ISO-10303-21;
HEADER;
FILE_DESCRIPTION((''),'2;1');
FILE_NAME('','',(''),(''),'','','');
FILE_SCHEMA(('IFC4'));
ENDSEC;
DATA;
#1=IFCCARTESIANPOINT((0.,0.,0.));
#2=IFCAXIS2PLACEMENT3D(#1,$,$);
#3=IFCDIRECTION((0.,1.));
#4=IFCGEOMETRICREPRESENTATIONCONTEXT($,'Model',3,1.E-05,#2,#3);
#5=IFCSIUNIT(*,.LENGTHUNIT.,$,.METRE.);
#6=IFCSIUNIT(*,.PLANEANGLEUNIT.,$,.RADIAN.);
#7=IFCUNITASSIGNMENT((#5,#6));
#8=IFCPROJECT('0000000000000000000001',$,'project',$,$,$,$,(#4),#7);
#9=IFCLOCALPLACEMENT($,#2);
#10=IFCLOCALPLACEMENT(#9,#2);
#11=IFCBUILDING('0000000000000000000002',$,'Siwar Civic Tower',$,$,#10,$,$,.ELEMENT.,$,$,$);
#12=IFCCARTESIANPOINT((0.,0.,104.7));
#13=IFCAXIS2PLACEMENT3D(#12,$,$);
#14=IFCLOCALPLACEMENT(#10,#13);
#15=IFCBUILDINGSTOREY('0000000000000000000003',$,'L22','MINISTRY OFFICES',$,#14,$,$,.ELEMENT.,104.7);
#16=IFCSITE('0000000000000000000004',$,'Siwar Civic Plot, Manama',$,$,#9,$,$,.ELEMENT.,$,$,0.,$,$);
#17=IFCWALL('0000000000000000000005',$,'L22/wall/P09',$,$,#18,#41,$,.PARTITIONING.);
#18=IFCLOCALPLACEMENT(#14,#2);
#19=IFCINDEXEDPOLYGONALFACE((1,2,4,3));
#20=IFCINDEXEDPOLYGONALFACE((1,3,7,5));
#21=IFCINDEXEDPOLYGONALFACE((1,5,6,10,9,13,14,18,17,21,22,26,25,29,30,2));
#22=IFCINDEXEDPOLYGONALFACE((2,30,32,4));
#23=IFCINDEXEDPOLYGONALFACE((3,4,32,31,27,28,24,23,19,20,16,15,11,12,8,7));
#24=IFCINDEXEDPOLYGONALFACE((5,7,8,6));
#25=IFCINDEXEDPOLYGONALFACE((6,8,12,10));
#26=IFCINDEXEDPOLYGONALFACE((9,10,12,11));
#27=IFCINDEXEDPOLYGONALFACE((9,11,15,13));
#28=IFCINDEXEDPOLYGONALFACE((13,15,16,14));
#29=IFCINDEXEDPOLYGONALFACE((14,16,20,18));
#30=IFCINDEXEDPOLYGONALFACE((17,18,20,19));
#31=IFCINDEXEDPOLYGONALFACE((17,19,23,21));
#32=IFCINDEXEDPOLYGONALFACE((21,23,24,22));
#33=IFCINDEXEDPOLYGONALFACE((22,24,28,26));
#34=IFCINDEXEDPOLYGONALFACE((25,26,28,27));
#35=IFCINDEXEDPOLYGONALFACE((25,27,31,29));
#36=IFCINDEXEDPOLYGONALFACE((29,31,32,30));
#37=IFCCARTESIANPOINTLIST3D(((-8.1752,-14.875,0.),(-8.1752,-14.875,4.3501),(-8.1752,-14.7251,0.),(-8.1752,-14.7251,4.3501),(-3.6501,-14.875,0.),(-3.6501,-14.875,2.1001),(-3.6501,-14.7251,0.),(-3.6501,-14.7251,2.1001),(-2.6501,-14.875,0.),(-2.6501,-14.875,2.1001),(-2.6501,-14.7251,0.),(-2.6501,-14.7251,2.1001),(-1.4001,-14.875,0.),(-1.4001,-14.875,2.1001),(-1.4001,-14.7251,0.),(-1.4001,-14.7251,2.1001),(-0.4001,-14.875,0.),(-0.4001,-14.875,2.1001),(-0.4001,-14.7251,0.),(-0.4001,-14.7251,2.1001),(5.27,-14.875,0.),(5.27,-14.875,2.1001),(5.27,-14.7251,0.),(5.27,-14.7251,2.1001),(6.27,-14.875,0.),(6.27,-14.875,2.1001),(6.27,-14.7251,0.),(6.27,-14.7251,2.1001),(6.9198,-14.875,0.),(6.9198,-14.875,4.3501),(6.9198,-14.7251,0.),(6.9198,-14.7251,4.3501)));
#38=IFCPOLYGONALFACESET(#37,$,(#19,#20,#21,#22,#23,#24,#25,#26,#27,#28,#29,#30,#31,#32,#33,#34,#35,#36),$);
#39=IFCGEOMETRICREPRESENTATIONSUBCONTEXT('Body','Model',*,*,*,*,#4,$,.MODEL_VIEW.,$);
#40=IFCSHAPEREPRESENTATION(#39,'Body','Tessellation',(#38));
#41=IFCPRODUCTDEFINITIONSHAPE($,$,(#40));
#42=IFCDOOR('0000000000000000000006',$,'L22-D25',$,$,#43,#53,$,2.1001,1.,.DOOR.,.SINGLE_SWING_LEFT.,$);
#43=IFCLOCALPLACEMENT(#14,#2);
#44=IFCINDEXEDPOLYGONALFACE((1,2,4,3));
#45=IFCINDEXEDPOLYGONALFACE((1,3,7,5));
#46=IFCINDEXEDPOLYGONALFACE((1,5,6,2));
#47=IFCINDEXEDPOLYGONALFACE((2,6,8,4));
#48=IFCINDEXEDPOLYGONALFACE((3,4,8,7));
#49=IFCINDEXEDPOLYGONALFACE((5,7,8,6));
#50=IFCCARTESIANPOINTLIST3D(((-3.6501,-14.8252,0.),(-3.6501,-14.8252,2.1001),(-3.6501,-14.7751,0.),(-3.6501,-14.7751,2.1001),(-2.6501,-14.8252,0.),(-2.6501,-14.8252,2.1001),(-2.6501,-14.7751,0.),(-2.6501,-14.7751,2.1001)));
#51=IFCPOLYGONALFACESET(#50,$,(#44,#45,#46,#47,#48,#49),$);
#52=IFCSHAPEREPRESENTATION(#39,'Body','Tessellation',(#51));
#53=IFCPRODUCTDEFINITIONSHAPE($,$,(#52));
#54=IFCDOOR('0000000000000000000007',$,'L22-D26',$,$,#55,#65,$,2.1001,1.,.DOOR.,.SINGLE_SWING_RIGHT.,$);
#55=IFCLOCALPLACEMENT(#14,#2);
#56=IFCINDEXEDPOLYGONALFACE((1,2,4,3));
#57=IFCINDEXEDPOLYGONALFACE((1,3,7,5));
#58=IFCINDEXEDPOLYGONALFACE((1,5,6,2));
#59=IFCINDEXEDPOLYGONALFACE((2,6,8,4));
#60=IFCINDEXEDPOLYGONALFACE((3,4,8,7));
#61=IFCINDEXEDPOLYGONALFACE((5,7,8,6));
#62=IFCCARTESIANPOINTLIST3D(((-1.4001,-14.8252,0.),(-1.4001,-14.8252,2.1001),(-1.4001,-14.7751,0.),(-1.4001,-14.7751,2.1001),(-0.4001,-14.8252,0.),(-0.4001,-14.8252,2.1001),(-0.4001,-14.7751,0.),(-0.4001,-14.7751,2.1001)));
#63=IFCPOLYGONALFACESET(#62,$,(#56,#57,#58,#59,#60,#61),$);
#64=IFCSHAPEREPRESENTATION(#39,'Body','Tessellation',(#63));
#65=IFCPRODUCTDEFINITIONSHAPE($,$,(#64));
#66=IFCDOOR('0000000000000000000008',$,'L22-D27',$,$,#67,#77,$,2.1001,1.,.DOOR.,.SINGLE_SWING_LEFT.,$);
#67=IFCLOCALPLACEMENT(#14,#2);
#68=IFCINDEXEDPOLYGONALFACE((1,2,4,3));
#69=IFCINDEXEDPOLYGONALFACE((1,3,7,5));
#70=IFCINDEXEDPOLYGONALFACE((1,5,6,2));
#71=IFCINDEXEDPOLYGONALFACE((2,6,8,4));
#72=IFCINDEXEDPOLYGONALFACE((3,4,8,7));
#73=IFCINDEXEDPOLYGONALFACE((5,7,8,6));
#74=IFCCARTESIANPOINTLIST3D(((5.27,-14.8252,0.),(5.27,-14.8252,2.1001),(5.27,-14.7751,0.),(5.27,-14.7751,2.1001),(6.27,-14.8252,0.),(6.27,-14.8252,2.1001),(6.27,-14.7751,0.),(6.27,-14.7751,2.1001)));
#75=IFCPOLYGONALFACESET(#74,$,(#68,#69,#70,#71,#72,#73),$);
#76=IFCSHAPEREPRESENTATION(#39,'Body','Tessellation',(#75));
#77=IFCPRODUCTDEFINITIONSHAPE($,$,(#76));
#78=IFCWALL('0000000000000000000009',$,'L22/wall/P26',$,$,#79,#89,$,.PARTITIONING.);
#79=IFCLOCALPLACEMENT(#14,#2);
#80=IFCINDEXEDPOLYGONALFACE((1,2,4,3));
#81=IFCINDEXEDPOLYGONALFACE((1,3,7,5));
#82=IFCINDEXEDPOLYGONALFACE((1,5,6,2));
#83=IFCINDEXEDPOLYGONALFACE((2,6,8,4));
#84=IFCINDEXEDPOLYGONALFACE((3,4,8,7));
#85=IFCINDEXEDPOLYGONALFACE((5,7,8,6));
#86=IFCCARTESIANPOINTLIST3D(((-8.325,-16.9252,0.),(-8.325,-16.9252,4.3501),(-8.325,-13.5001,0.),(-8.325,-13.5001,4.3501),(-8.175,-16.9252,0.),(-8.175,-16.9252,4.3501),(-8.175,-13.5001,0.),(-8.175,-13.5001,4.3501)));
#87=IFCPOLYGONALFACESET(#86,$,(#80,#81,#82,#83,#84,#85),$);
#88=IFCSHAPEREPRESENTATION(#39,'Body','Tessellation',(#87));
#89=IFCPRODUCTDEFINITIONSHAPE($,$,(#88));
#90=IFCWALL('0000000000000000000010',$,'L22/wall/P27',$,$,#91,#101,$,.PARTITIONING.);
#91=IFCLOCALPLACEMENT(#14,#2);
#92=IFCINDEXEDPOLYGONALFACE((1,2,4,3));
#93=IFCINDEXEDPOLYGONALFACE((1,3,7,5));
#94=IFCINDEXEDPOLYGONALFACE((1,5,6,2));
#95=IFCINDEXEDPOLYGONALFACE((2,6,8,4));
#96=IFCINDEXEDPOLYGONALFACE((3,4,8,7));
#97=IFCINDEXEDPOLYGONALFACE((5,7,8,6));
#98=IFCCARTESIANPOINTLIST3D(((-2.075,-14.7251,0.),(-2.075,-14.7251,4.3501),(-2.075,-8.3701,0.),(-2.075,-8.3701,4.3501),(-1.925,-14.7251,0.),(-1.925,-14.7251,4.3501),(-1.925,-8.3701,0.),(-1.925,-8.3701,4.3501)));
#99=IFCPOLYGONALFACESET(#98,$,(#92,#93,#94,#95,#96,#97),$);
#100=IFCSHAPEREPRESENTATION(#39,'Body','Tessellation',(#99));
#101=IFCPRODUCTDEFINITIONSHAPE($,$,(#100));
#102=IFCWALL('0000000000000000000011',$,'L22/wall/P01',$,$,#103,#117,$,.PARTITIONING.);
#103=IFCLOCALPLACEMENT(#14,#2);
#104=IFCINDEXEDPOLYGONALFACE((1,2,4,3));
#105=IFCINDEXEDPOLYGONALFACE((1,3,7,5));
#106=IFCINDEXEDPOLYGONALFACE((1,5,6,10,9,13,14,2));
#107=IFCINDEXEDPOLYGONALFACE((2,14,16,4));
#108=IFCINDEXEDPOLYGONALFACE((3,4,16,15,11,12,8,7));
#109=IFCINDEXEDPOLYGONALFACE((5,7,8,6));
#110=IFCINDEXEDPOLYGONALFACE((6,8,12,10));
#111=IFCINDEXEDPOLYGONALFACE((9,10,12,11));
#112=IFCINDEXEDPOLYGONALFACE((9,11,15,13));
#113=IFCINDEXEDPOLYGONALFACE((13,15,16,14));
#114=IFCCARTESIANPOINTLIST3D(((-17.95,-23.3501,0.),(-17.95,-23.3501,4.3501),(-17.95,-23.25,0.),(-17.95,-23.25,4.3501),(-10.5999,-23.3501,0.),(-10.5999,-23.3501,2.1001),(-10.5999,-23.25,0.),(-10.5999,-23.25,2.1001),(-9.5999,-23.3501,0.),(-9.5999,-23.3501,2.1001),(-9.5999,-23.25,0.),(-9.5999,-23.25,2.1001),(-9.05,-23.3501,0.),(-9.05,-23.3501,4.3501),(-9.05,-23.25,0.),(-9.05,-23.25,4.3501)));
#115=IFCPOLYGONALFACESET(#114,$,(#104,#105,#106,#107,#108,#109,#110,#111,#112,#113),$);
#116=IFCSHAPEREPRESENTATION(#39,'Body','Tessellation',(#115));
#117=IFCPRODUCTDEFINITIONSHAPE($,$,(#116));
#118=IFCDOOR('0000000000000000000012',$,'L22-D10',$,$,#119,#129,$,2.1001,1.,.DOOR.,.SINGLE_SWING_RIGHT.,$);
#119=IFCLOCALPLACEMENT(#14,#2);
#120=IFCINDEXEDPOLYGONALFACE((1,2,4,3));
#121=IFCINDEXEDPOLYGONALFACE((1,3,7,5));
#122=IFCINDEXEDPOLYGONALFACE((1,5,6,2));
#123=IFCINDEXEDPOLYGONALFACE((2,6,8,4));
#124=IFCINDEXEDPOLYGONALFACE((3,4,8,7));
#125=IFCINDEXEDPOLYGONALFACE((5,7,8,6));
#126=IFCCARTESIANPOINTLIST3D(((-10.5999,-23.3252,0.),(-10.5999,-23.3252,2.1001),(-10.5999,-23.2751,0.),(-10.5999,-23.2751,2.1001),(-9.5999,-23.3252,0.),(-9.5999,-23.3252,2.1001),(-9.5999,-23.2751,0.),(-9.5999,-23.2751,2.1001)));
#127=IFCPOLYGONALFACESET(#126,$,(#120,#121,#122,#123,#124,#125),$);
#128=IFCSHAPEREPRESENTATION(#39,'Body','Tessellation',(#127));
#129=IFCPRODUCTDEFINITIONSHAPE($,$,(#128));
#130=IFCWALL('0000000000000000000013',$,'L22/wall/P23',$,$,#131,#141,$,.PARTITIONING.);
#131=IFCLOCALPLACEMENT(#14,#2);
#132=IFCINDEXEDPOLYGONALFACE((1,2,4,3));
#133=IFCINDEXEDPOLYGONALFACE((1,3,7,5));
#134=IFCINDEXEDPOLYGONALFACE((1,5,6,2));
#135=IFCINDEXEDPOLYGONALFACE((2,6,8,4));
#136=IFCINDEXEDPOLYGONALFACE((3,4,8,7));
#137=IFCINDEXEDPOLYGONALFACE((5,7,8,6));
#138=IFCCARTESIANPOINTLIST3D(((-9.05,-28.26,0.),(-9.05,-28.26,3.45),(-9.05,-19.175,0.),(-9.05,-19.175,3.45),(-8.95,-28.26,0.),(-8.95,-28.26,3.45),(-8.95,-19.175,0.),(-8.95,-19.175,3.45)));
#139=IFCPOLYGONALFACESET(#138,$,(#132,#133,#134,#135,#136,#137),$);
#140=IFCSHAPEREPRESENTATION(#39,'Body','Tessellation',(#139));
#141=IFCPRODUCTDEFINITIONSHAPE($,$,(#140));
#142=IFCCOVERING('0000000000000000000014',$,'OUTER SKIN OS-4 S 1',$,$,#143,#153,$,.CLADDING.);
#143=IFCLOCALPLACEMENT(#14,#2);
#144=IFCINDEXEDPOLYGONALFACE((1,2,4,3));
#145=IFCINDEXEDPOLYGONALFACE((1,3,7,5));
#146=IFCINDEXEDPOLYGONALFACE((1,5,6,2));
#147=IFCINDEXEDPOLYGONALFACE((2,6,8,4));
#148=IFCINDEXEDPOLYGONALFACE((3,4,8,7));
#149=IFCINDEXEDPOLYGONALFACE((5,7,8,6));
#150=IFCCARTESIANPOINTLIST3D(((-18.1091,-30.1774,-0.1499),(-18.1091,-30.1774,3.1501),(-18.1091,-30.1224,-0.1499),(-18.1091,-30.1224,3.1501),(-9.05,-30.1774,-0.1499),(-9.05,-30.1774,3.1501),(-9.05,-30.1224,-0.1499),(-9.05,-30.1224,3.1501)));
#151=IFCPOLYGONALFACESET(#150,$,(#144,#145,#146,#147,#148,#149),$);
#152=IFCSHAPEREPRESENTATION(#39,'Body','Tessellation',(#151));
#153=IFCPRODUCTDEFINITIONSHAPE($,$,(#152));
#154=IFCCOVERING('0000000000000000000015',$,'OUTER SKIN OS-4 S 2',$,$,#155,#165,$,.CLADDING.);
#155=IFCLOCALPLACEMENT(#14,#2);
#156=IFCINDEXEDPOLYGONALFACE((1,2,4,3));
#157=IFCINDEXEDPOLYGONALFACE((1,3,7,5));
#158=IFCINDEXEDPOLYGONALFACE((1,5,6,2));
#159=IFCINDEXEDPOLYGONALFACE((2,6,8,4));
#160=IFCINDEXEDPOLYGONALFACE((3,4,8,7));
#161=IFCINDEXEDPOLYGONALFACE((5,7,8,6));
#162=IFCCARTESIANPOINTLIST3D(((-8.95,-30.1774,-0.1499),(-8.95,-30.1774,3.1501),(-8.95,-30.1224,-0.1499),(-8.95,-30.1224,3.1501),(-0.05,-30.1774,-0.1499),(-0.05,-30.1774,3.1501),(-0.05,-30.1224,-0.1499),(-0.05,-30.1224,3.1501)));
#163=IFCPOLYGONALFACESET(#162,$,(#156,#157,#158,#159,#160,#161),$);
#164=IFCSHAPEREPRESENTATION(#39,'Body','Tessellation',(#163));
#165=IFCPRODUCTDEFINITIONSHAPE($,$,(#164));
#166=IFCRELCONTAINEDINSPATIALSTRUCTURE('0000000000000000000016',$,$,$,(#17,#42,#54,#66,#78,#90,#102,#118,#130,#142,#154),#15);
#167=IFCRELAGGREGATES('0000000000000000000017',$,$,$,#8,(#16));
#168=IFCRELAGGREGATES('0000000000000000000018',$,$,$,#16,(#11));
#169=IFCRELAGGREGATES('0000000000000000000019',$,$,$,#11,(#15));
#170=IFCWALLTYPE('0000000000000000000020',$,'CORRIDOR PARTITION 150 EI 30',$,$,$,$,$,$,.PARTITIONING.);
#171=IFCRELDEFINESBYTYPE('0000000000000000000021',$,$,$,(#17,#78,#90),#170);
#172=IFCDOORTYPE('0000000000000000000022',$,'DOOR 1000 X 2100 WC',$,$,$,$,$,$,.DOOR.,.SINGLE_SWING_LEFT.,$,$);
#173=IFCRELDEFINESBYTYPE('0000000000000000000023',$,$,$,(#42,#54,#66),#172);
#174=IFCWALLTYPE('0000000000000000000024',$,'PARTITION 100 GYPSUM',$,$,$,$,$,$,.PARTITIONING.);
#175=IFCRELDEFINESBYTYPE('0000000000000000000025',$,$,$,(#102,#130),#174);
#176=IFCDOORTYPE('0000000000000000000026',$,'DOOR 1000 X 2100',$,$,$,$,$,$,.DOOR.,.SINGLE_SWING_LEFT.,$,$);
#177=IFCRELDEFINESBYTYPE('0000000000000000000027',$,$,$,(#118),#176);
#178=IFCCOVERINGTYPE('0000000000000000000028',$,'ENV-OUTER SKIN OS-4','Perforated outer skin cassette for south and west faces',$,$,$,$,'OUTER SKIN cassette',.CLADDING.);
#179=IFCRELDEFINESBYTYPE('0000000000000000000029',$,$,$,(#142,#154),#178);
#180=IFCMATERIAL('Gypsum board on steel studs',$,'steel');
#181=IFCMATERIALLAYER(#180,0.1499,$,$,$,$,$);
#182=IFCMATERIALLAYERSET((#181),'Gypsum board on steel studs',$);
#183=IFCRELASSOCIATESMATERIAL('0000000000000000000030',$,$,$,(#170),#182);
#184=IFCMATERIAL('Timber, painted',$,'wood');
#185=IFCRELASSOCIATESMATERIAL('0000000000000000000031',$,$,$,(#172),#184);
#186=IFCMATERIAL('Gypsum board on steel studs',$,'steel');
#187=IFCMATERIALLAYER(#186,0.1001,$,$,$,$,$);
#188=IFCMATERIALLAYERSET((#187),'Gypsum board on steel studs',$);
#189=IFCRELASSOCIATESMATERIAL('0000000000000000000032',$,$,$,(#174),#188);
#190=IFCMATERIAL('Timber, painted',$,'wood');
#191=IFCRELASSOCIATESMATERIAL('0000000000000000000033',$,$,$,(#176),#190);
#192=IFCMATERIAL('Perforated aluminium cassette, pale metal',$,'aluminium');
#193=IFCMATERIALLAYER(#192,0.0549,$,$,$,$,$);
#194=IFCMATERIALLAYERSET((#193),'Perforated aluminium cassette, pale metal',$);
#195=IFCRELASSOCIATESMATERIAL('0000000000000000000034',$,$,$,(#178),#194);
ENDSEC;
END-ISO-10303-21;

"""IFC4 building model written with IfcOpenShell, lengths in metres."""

from ifc_helpers import new_model, si_unit, direction, frame, frame_2d, origin, origin_2d, place, context, subcontext, project, spatial, rectangle, extrude, material, layer, layer_set, type_object, element, fill, save


model = new_model("IFC4")

# Units and contexts
model_context = context("Model", 3, precision=1e-05, world=origin(), true_north=direction((0.0, 1.0)))
body_context = subcontext(model_context, "Body", "Model", "MODEL_VIEW")
ifc_project = project(units=[si_unit("LENGTHUNIT", "METRE"), si_unit("PLANEANGLEUNIT", "RADIAN")], contexts=[model_context])

# Site, building, storey
site_placement = place(None, origin())
site = spatial("IfcSite", under=ifc_project, at=site_placement, Name="Siwar Civic Plot, Manama", CompositionType="ELEMENT", RefElevation=0.0)
building_placement = place(site_placement, origin())
building = spatial("IfcBuilding", under=site, at=building_placement, Name="Siwar Civic Tower", CompositionType="ELEMENT")
storey_placement = place(building_placement, frame((0.0, 0.0, 104.7)))
storey = spatial("IfcBuildingStorey", under=building, at=storey_placement, Name="L22", Description="MINISTRY OFFICES", CompositionType="ELEMENT", Elevation=104.7)

# Wall, openings, doors
ifc_material_1 = material(Name="Gypsum board on steel studs", Category="steel")
ifc_layer_1 = layer(ifc_material_1, 0.1499)
ifc_layer_set_1 = layer_set([ifc_layer_1], Name="Gypsum board on steel studs")
wall_type_1 = type_object("IfcWallType", Name="CORRIDOR PARTITION 150 EI 30", PredefinedType="PARTITIONING", material=ifc_layer_set_1)
wall_1_placement = place(storey_placement, frame((-8.175, -14.8, 0.0), z_axis=(0.0, 0.0, 1.0), x_axis=(1.0, 0.0, 0.0)))
wall_1 = element("IfcWall", 1, at=wall_1_placement, inside=storey, type_object=wall_type_1, Name="L22/wall/P09", PredefinedType="PARTITIONING", context=body_context, shape_type="SweptSolid", body=[
    extrude(rectangle(XDim=15.095, YDim=0.1499, at=frame_2d((7.5474, 0.0))), origin(), (0.0, 0.0, 1.0), 4.3501),
])
opening_1_placement = place(wall_1_placement, frame((4.5249, 0.0, 0.0)))
opening_1 = element("IfcOpeningElement", 2, at=opening_1_placement, cuts=wall_1, PredefinedType="OPENING", context=body_context, shape_type="SweptSolid", body=[
    extrude(rectangle(XDim=1.0, YDim=2.1001, at=frame_2d((0.5, 1.05))), frame((0.0, 0.085, 0.0), z_axis=(0.0, -1.0, 0.0), x_axis=(1.0, 0.0, 0.0)), (0.0, 0.0, 1.0), 0.1699),
])
opening_2_placement = place(wall_1_placement, frame((6.7749, 0.0, 0.0)))
opening_2 = element("IfcOpeningElement", 3, at=opening_2_placement, cuts=wall_1, PredefinedType="OPENING", context=body_context, shape_type="SweptSolid", body=[
    extrude(rectangle(XDim=1.0, YDim=2.1001, at=frame_2d((0.5, 1.05))), frame((0.0, 0.085, 0.0), z_axis=(0.0, -1.0, 0.0), x_axis=(1.0, 0.0, 0.0)), (0.0, 0.0, 1.0), 0.1699),
])
opening_3_placement = place(wall_1_placement, frame((13.4451, 0.0, 0.0)))
opening_3 = element("IfcOpeningElement", 4, at=opening_3_placement, cuts=wall_1, PredefinedType="OPENING", context=body_context, shape_type="SweptSolid", body=[
    extrude(rectangle(XDim=1.0, YDim=2.1001, at=frame_2d((0.5, 1.05))), frame((0.0, 0.085, 0.0), z_axis=(0.0, -1.0, 0.0), x_axis=(1.0, 0.0, 0.0)), (0.0, 0.0, 1.0), 0.1699),
])
ifc_material_2 = material(Name="Timber, painted", Category="wood")
door_type_1 = type_object("IfcDoorType", Name="DOOR 1000 X 2100 WC", OperationType="SINGLE_SWING_LEFT", PredefinedType="DOOR", material=ifc_material_2)
door_1_placement = place(opening_1_placement, origin())
door_1 = element("IfcDoor", 5, at=door_1_placement, inside=storey, type_object=door_type_1, Name="L22-D25", OperationType="SINGLE_SWING_LEFT", OverallHeight=2.1001, OverallWidth=1.0, PredefinedType="DOOR", context=body_context, shape_type="SweptSolid", body=[
    extrude(rectangle(XDim=1.0, YDim=2.1001, at=frame_2d((0.5, 1.05))), frame((0.0, 0.0249, 0.0), z_axis=(0.0, -1.0, 0.0), x_axis=(1.0, 0.0, 0.0)), (0.0, 0.0, 1.0), 0.05),
])
fill(opening_1, door_1)
door_2_placement = place(opening_2_placement, origin())
door_2 = element("IfcDoor", 6, at=door_2_placement, inside=storey, type_object=door_type_1, Name="L22-D26", OperationType="SINGLE_SWING_RIGHT", OverallHeight=2.1001, OverallWidth=1.0, PredefinedType="DOOR", context=body_context, shape_type="SweptSolid", body=[
    extrude(rectangle(XDim=1.0, YDim=2.1001, at=frame_2d((0.5, 1.05))), frame((0.0, 0.0249, 0.0), z_axis=(0.0, -1.0, 0.0), x_axis=(1.0, 0.0, 0.0)), (0.0, 0.0, 1.0), 0.05),
])
fill(opening_2, door_2)
door_3_placement = place(opening_3_placement, origin())
door_3 = element("IfcDoor", 7, at=door_3_placement, inside=storey, type_object=door_type_1, Name="L22-D27", OperationType="SINGLE_SWING_LEFT", OverallHeight=2.1001, OverallWidth=1.0, PredefinedType="DOOR", context=body_context, shape_type="SweptSolid", body=[
    extrude(rectangle(XDim=1.0, YDim=2.1001, at=frame_2d((0.5, 1.05))), frame((0.0, 0.0249, 0.0), z_axis=(0.0, -1.0, 0.0), x_axis=(1.0, 0.0, 0.0)), (0.0, 0.0, 1.0), 0.05),
])
fill(opening_3, door_3)

# Walls
wall_2_placement = place(storey_placement, frame((-8.25, -16.925, 0.0), z_axis=(0.0, 0.0, 1.0), x_axis=(0.0, 1.0, 0.0)))
element("IfcWall", 8, at=wall_2_placement, inside=storey, type_object=wall_type_1, Name="L22/wall/P26", PredefinedType="PARTITIONING", context=body_context, shape_type="SweptSolid", body=[
    extrude(rectangle(XDim=3.425, YDim=0.1499, at=frame_2d((1.7124, 0.0))), origin(), (0.0, 0.0, 1.0), 4.3501),
])
wall_3_placement = place(storey_placement, frame((-2.0, -14.7251, 0.0), z_axis=(0.0, 0.0, 1.0), x_axis=(0.0, 1.0, 0.0)))
element("IfcWall", 9, at=wall_3_placement, inside=storey, type_object=wall_type_1, Name="L22/wall/P27", PredefinedType="PARTITIONING", context=body_context, shape_type="SweptSolid", body=[
    extrude(rectangle(XDim=6.355, YDim=0.1499, at=frame_2d((3.1775, 0.0))), origin(), (0.0, 0.0, 1.0), 4.3501),
])

# Wall, opening, door
ifc_material_3 = material(Name="Gypsum board on steel studs", Category="steel")
ifc_layer_2 = layer(ifc_material_3, 0.1001)
ifc_layer_set_2 = layer_set([ifc_layer_2], Name="Gypsum board on steel studs")
wall_type_2 = type_object("IfcWallType", Name="PARTITION 100 GYPSUM", PredefinedType="PARTITIONING", material=ifc_layer_set_2)
wall_4_placement = place(storey_placement, frame((-17.95, -23.3, 0.0), z_axis=(0.0, 0.0, 1.0), x_axis=(1.0, 0.0, 0.0)))
wall_4 = element("IfcWall", 10, at=wall_4_placement, inside=storey, type_object=wall_type_2, Name="L22/wall/P01", PredefinedType="PARTITIONING", context=body_context, shape_type="SweptSolid", body=[
    extrude(rectangle(XDim=8.8999, YDim=0.1001, at=frame_2d((4.45, 0.0))), origin(), (0.0, 0.0, 1.0), 4.3501),
])
opening_4_placement = place(wall_4_placement, frame((7.3501, 0.0, 0.0)))
opening_4 = element("IfcOpeningElement", 11, at=opening_4_placement, cuts=wall_4, PredefinedType="OPENING", context=body_context, shape_type="SweptSolid", body=[
    extrude(rectangle(XDim=1.0, YDim=2.1001, at=frame_2d((0.5, 1.05))), frame((0.0, 0.0601, 0.0), z_axis=(0.0, -1.0, 0.0), x_axis=(1.0, 0.0, 0.0)), (0.0, 0.0, 1.0), 0.1201),
])
ifc_material_4 = material(Name="Timber, painted", Category="wood")
door_type_2 = type_object("IfcDoorType", Name="DOOR 1000 X 2100", OperationType="SINGLE_SWING_LEFT", PredefinedType="DOOR", material=ifc_material_4)
door_4_placement = place(opening_4_placement, origin())
door_4 = element("IfcDoor", 12, at=door_4_placement, inside=storey, type_object=door_type_2, Name="L22-D10", OperationType="SINGLE_SWING_RIGHT", OverallHeight=2.1001, OverallWidth=1.0, PredefinedType="DOOR", context=body_context, shape_type="SweptSolid", body=[
    extrude(rectangle(XDim=1.0, YDim=2.1001, at=frame_2d((0.5, 1.05))), frame((0.0, 0.0249, 0.0), z_axis=(0.0, -1.0, 0.0), x_axis=(1.0, 0.0, 0.0)), (0.0, 0.0, 1.0), 0.05),
])
fill(opening_4, door_4)

# Wall
wall_5_placement = place(storey_placement, frame((-9.0, -28.26, 0.0), z_axis=(0.0, 0.0, 1.0), x_axis=(0.0, 1.0, 0.0)))
element("IfcWall", 13, at=wall_5_placement, inside=storey, type_object=wall_type_2, Name="L22/wall/P23", PredefinedType="PARTITIONING", context=body_context, shape_type="SweptSolid", body=[
    extrude(rectangle(XDim=9.085, YDim=0.1001, at=frame_2d((4.5425, 0.0))), origin(), (0.0, 0.0, 1.0), 3.45),
])

# Coverings
ifc_material_5 = material(Name="Perforated aluminium cassette, pale metal", Category="aluminium")
ifc_layer_3 = layer(ifc_material_5, 0.0549)
ifc_layer_set_3 = layer_set([ifc_layer_3], Name="Perforated aluminium cassette, pale metal")
covering_type = type_object("IfcCoveringType", Name="ENV-OUTER SKIN OS-4", Description="Perforated outer skin cassette for south and west faces", ElementType="OUTER SKIN cassette", PredefinedType="CLADDING", material=ifc_layer_set_3)
covering_1_placement = place(storey_placement, frame((-13.5796, -30.1499, -0.1499), z_axis=(0.0, 0.0, 1.0), x_axis=(1.0, 0.0, 0.0)))
element("IfcCovering", 14, at=covering_1_placement, inside=storey, type_object=covering_type, Name="OUTER SKIN OS-4 S 1", PredefinedType="CLADDING", context=body_context, shape_type="SweptSolid", body=[
    extrude(rectangle(XDim=9.0591, YDim=0.0549, at=origin_2d()), origin(), (0.0, 0.0, 1.0), 3.3),
])
covering_2_placement = place(storey_placement, frame((-4.5, -30.1499, -0.1499), z_axis=(0.0, 0.0, 1.0), x_axis=(1.0, 0.0, 0.0)))
element("IfcCovering", 15, at=covering_2_placement, inside=storey, type_object=covering_type, Name="OUTER SKIN OS-4 S 2", PredefinedType="CLADDING", context=body_context, shape_type="SweptSolid", body=[
    extrude(rectangle(XDim=8.8999, YDim=0.0549, at=origin_2d()), origin(), (0.0, 0.0, 1.0), 3.3),
])

save(model, "model.ifc")
